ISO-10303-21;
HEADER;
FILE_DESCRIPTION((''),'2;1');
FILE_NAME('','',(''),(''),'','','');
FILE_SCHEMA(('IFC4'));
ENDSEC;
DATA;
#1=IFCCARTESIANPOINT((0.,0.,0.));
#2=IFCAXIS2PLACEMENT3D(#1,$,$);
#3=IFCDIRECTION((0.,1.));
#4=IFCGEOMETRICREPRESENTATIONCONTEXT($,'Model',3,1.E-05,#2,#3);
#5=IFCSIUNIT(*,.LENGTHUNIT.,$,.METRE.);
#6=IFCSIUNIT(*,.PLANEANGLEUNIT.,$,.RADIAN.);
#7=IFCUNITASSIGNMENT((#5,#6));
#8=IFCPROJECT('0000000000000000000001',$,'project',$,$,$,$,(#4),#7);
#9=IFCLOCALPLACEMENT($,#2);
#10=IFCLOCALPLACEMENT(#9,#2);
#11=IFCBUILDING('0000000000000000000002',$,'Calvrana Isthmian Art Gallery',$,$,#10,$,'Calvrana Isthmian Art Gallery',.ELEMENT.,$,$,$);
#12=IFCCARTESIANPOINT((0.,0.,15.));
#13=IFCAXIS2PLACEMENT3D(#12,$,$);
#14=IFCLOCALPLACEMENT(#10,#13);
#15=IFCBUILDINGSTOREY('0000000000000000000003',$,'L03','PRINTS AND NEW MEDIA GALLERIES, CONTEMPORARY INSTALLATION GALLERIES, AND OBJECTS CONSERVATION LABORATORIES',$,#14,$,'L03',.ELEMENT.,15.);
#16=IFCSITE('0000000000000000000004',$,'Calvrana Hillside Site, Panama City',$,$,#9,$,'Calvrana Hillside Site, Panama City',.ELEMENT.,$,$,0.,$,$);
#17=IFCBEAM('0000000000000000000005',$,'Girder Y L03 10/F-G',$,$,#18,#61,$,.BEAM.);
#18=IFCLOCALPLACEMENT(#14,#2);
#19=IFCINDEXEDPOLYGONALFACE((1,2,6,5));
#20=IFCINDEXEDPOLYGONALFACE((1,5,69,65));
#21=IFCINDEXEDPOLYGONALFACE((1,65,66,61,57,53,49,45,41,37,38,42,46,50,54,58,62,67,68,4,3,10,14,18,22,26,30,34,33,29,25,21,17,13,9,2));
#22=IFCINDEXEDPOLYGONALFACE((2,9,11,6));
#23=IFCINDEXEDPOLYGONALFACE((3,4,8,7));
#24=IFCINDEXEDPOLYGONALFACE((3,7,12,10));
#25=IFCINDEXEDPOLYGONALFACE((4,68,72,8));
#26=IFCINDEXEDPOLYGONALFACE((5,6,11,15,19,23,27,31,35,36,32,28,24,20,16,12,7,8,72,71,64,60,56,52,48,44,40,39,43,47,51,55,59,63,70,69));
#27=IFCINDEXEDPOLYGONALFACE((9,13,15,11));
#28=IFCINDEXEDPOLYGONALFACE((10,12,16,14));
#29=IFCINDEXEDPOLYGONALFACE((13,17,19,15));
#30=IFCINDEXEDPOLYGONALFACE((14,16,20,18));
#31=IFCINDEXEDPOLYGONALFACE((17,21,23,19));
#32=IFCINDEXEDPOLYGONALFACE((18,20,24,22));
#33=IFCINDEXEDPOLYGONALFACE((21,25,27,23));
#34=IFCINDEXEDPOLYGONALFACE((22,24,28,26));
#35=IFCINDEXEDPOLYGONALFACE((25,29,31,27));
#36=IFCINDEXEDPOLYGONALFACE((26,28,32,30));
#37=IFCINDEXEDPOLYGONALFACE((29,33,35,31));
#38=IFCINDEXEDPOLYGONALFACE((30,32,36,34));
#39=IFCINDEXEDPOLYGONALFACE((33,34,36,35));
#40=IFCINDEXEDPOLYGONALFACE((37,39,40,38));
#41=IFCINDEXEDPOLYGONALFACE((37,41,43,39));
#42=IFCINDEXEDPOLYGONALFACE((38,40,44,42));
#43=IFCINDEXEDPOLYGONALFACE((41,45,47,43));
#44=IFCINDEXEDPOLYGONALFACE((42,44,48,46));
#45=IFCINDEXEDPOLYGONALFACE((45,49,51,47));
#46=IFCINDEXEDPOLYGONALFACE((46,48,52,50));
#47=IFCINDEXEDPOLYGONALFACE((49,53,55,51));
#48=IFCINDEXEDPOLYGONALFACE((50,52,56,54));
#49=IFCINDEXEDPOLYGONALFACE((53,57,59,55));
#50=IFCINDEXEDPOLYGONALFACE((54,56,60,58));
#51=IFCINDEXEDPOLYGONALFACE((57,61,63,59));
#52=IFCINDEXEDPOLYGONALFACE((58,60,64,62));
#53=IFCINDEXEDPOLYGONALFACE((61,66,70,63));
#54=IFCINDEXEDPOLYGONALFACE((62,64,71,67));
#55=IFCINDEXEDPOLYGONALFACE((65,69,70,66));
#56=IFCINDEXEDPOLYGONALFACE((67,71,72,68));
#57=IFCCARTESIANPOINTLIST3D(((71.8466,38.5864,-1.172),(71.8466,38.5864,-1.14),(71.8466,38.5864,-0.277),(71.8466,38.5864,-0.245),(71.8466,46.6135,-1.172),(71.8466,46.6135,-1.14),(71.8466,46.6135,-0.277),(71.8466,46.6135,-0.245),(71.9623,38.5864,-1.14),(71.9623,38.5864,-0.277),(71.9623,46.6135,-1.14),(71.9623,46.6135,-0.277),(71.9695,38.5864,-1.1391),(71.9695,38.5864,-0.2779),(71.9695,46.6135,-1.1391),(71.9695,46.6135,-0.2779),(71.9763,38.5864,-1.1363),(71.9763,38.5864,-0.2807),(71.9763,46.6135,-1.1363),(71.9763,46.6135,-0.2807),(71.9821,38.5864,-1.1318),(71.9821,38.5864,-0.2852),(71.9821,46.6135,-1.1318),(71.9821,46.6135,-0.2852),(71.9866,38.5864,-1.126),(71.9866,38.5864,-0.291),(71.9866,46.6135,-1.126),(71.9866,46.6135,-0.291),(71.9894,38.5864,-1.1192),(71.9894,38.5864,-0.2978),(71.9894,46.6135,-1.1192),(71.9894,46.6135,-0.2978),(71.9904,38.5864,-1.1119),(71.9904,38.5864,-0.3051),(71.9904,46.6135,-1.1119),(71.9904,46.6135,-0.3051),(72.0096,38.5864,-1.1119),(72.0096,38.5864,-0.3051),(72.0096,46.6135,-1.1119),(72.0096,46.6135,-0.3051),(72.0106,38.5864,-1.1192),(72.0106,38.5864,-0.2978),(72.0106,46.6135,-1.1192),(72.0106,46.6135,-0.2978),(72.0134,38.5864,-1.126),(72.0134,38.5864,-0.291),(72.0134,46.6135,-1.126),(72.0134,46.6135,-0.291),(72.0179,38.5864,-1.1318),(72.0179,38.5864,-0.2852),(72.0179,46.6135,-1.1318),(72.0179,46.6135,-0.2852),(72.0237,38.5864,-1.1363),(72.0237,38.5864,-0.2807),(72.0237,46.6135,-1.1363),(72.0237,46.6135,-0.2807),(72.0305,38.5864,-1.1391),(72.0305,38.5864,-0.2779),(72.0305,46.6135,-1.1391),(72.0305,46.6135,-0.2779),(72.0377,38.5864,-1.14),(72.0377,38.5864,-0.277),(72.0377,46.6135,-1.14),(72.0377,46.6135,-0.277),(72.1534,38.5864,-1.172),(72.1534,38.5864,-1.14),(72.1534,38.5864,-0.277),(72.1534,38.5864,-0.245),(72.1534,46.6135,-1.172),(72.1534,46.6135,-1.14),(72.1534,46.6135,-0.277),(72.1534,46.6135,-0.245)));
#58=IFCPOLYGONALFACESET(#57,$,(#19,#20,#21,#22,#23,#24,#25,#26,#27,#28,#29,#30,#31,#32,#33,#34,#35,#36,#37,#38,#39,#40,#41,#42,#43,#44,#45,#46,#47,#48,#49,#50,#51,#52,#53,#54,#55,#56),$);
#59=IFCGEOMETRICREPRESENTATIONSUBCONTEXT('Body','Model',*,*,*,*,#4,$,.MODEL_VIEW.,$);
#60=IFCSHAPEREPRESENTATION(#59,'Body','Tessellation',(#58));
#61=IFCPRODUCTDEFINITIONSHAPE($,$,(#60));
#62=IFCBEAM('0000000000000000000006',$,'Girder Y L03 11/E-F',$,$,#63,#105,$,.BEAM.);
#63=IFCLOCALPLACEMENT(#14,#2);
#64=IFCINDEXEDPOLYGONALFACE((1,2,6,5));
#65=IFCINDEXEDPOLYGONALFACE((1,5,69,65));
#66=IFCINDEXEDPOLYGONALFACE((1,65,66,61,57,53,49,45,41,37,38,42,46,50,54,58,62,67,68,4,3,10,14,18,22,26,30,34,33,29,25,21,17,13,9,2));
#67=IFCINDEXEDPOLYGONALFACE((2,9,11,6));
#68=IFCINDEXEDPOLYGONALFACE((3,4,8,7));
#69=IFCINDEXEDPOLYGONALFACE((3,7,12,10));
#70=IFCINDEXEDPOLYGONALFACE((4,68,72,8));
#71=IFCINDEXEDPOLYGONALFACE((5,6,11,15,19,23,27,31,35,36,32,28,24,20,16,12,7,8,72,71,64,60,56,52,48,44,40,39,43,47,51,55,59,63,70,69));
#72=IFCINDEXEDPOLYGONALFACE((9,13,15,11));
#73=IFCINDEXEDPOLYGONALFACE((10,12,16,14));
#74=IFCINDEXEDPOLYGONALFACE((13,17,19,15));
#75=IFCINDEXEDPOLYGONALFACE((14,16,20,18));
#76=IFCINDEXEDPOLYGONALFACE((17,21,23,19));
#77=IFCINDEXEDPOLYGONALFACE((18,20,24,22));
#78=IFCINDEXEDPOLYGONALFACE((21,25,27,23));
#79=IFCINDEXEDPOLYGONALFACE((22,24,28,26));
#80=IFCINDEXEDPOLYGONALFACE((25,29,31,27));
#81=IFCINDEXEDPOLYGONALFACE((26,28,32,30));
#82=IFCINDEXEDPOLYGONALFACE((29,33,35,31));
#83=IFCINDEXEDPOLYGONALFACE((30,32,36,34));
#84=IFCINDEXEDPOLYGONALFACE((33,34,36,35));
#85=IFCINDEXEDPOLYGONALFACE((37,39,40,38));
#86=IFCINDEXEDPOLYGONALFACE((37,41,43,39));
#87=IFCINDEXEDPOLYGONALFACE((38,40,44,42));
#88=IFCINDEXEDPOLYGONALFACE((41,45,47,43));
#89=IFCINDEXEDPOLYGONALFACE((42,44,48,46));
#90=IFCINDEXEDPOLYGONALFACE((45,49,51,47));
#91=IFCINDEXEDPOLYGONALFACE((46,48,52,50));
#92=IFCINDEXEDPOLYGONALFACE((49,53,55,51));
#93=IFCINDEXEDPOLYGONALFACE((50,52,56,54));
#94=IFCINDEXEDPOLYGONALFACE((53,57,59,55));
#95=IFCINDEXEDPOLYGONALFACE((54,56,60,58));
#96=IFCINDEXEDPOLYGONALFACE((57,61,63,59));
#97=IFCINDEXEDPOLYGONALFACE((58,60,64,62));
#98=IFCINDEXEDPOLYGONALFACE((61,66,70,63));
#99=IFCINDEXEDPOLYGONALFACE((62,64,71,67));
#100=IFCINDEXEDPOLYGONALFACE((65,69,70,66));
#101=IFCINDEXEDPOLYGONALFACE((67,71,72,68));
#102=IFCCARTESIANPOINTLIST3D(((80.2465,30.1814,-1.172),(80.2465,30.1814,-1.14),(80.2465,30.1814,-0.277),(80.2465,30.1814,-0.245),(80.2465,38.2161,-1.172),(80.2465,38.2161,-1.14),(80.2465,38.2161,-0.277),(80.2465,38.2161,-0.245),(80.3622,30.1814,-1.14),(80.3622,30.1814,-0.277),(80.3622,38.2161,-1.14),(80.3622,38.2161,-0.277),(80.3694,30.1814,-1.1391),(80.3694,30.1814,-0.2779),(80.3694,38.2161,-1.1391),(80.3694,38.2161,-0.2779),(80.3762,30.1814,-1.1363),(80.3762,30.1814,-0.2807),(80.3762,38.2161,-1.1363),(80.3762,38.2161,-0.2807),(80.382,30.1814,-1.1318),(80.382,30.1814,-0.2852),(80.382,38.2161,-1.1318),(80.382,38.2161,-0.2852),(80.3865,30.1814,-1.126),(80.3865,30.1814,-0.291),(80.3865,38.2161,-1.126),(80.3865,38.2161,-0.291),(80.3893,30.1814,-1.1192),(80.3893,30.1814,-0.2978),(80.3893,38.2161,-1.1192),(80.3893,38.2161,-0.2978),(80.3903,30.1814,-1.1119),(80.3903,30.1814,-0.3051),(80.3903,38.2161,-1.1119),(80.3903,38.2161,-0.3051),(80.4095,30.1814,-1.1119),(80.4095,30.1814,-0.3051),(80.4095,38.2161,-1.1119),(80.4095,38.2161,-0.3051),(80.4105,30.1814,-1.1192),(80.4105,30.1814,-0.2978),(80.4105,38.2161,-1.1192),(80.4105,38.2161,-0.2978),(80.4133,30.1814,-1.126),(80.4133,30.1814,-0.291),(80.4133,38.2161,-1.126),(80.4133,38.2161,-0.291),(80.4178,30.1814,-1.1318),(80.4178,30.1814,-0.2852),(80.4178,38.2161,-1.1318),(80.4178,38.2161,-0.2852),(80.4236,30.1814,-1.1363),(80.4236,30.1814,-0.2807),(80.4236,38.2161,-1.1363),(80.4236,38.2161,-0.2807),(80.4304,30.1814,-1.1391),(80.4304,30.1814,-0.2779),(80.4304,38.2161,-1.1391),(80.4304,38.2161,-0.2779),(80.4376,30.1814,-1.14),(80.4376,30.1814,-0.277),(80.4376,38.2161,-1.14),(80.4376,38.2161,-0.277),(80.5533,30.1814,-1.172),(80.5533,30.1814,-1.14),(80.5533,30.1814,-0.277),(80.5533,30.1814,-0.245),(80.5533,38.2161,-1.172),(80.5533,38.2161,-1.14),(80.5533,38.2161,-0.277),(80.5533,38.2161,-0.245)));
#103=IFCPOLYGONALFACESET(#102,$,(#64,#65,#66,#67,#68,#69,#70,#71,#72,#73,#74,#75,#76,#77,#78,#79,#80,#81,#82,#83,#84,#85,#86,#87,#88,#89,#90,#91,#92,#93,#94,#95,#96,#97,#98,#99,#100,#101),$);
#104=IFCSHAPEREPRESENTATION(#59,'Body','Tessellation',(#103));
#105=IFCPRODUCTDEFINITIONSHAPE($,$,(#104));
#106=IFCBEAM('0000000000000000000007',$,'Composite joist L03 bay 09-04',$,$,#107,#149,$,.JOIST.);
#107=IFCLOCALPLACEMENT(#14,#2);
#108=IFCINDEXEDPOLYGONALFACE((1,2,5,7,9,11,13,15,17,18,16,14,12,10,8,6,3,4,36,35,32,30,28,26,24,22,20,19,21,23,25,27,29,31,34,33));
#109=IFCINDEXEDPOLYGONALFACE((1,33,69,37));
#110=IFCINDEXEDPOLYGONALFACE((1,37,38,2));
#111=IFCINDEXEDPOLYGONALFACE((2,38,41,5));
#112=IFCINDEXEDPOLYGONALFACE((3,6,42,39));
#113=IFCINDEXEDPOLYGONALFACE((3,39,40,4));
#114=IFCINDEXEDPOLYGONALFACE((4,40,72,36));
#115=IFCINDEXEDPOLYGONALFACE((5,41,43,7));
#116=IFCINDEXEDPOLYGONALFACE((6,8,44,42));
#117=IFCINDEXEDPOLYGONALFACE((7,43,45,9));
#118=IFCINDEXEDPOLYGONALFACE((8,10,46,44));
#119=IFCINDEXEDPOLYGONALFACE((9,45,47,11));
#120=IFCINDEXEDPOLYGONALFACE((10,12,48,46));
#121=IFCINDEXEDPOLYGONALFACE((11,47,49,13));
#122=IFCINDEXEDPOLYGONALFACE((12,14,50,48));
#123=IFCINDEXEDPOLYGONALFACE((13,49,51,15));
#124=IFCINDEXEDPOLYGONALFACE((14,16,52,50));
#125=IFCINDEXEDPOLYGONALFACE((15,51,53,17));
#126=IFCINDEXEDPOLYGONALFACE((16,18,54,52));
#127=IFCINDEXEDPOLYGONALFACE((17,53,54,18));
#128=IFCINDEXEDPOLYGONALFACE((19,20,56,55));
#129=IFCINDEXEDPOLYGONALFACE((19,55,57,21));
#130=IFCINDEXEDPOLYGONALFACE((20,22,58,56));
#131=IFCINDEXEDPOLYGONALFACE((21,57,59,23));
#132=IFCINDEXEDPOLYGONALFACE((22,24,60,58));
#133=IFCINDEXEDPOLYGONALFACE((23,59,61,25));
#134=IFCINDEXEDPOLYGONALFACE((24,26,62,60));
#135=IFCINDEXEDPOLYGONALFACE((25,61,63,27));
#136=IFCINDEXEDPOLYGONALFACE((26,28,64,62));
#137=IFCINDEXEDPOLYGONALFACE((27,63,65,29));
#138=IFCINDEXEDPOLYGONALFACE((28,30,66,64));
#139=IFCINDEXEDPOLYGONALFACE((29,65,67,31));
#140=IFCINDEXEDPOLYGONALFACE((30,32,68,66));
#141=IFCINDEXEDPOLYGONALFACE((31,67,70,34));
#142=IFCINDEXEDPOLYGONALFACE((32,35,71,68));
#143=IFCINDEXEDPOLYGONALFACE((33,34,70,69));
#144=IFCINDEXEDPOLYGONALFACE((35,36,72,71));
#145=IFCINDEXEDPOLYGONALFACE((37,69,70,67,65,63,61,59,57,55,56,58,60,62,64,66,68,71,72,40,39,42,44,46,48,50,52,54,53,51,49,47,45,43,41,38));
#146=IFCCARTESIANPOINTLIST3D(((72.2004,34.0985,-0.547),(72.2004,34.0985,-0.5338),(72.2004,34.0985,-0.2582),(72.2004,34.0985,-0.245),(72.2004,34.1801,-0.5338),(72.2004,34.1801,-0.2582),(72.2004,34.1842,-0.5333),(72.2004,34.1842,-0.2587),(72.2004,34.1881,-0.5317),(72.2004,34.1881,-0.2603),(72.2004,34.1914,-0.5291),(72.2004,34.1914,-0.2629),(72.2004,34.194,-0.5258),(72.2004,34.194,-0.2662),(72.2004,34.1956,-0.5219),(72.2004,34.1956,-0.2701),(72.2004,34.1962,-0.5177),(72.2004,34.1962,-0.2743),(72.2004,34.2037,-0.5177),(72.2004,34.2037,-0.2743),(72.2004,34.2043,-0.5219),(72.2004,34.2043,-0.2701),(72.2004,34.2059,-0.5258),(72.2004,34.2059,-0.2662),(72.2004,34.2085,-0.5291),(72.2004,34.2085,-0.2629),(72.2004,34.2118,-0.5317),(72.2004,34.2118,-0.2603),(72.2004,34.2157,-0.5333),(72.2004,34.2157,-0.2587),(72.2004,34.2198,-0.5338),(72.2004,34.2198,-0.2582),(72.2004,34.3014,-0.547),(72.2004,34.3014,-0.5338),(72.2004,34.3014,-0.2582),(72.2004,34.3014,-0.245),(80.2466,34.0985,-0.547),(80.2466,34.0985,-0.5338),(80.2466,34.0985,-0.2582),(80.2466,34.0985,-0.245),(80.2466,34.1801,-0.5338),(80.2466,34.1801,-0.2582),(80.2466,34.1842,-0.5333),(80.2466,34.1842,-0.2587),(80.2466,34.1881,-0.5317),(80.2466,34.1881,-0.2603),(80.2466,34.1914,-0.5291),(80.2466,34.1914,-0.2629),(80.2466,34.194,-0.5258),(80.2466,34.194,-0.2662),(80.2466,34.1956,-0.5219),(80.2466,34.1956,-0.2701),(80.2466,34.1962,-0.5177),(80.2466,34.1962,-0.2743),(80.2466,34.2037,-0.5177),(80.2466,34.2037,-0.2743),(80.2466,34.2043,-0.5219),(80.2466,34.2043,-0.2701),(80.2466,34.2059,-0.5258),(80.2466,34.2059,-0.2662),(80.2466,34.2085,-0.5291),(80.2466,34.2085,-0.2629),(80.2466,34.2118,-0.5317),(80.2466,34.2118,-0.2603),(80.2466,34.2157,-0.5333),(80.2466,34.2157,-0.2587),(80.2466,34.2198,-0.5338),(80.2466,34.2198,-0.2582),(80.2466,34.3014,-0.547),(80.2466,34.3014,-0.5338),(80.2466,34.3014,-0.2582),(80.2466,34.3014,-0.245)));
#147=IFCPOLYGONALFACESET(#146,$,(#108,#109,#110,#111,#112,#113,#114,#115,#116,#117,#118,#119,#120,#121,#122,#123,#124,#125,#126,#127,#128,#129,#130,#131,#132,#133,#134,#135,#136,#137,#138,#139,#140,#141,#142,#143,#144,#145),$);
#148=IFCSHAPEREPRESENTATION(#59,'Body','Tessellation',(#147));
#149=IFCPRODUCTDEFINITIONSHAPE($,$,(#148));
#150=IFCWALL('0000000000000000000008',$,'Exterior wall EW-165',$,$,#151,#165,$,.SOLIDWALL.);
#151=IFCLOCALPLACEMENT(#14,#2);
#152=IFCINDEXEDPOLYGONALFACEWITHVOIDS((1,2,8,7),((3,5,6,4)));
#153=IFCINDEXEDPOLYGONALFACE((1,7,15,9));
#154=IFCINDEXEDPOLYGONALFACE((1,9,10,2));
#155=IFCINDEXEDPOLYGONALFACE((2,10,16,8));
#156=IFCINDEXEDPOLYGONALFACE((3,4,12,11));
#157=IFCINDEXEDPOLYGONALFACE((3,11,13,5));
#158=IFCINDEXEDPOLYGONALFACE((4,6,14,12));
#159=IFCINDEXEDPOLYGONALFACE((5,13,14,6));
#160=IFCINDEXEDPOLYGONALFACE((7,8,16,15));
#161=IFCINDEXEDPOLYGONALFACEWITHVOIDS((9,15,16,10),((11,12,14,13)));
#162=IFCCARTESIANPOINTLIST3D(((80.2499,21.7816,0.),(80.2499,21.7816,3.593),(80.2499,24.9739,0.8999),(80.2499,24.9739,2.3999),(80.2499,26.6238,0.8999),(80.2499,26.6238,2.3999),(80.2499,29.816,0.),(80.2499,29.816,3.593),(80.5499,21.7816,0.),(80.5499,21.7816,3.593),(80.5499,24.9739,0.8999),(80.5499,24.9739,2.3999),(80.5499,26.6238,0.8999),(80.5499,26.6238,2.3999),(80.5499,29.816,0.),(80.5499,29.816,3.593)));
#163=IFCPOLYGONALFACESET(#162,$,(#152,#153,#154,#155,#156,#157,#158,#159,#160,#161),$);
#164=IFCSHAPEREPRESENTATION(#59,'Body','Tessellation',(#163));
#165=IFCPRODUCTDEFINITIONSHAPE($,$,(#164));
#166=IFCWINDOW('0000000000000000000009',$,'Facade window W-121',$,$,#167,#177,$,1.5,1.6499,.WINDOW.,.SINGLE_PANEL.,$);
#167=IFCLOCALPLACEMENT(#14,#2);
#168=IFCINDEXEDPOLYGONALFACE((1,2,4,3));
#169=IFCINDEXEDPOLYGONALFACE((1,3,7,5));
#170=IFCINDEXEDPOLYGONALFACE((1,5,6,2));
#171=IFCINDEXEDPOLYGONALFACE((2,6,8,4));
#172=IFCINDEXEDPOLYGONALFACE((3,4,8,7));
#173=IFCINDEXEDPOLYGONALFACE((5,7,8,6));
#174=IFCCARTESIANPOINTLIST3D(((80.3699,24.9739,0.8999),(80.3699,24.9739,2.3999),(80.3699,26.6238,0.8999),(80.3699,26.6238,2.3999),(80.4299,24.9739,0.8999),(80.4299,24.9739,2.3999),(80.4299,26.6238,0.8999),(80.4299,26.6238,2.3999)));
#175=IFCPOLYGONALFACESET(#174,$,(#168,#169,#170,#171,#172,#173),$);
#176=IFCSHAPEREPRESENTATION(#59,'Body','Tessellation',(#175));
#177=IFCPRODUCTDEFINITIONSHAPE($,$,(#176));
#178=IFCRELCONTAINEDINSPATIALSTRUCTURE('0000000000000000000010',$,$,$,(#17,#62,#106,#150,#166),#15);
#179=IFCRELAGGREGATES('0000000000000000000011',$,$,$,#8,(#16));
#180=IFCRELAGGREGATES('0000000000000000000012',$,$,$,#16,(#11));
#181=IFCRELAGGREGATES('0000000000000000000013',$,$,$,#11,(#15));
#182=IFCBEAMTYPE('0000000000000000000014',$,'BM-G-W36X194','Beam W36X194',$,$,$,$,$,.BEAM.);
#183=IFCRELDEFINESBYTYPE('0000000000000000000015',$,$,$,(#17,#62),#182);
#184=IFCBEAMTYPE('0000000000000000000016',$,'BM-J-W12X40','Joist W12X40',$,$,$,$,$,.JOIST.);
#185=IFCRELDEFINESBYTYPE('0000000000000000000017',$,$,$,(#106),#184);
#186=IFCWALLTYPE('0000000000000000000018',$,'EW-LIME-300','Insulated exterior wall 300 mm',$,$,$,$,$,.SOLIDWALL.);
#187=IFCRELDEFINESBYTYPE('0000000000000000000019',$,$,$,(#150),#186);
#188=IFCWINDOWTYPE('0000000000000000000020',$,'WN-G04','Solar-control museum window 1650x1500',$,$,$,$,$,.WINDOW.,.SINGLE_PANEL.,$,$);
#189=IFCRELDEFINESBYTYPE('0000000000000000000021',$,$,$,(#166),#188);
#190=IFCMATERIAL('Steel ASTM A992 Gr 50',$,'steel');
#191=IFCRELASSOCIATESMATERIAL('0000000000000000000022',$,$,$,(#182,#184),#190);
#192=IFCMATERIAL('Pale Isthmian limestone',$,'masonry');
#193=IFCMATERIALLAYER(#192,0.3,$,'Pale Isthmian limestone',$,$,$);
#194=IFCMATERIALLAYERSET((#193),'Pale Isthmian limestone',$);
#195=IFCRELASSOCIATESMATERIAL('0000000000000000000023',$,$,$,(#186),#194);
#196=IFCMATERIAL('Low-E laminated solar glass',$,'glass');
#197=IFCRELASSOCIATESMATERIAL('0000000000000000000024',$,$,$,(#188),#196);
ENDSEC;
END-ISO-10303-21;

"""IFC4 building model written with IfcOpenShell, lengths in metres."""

from ifc_helpers import new_model, si_unit, direction, frame, frame_2d, origin, origin_2d, place, context, subcontext, project, spatial, rectangle, i_section, extrude, material, layer, layer_set, material_profile, profile_set, type_object, element, fill, save


model = new_model("IFC4")

# Units and contexts
model_context = context("Model", 3, precision=1e-05, world=origin(), true_north=direction((0.0, 1.0)))
body_context = subcontext(model_context, "Body", "Model", "MODEL_VIEW")
ifc_project = project(units=[si_unit("LENGTHUNIT", "METRE"), si_unit("PLANEANGLEUNIT", "RADIAN")], contexts=[model_context])

# Site, building, storey
site_placement = place(None, origin())
site = spatial("IfcSite", under=ifc_project, at=site_placement, Name="Calvrana Hillside Site, Panama City", LongName="Calvrana Hillside Site, Panama City", CompositionType="ELEMENT", RefElevation=0.0)
building_placement = place(site_placement, origin())
building = spatial("IfcBuilding", under=site, at=building_placement, Name="Calvrana Isthmian Art Gallery", LongName="Calvrana Isthmian Art Gallery", CompositionType="ELEMENT")
storey_placement = place(building_placement, frame((0.0, 0.0, 15.0)))
storey = spatial("IfcBuildingStorey", under=building, at=storey_placement, Name="L03", Description="PRINTS AND NEW MEDIA GALLERIES, CONTEMPORARY INSTALLATION GALLERIES, AND OBJECTS CONSERVATION LABORATORIES", LongName="L03", CompositionType="ELEMENT", Elevation=15.0)

# Shared definitions
ifc_material_1 = material(Name="Steel ASTM A992 Gr 50", Category="steel")

# Beams
ifc_material_profile_1 = material_profile(ifc_material_1, i_section(OverallWidth=0.3069, OverallDepth=0.927, WebThickness=0.0193, FlangeThickness=0.032, FilletRadius=0.0281, at=origin_2d()), Name="W36X194")
ifc_profile_set_1 = profile_set([ifc_material_profile_1], Name="Steel ASTM A992 Gr 50")
beam_type_1 = type_object("IfcBeamType", Name="BM-G-W36X194", Description="Beam W36X194", PredefinedType="BEAM", material=ifc_profile_set_1)
beam_1_placement = place(storey_placement, frame((72.0, 38.5864, -0.7085), z_axis=(0.0, 1.0, 0.0), x_axis=(-1.0, 0.0, 0.0)))
element("IfcBeam", 1, at=beam_1_placement, inside=storey, type_object=beam_type_1, Name="Girder Y L03 10/F-G", PredefinedType="BEAM", context=body_context, shape_type="SweptSolid", body=[
    extrude(i_section(OverallWidth=0.3069, OverallDepth=0.927, WebThickness=0.0193, FlangeThickness=0.032, FilletRadius=0.0281, at=origin_2d()), origin(), (0.0, 0.0, 1.0), 8.0271),
])
beam_2_placement = place(storey_placement, frame((80.3999, 30.1814, -0.7085), z_axis=(0.0, 1.0, 0.0), x_axis=(-1.0, 0.0, 0.0)))
element("IfcBeam", 2, at=beam_2_placement, inside=storey, type_object=beam_type_1, Name="Girder Y L03 11/E-F", PredefinedType="BEAM", context=body_context, shape_type="SweptSolid", body=[
    extrude(i_section(OverallWidth=0.3069, OverallDepth=0.927, WebThickness=0.0193, FlangeThickness=0.032, FilletRadius=0.0281, at=origin_2d()), origin(), (0.0, 0.0, 1.0), 8.0347),
])
ifc_material_profile_2 = material_profile(ifc_material_1, i_section(OverallWidth=0.2029, OverallDepth=0.302, WebThickness=0.0076, FlangeThickness=0.0132, FilletRadius=0.0161, at=origin_2d()), Name="W12X40")
ifc_profile_set_2 = profile_set([ifc_material_profile_2], Name="Steel ASTM A992 Gr 50")
beam_type_2 = type_object("IfcBeamType", Name="BM-J-W12X40", Description="Joist W12X40", PredefinedType="JOIST", material=ifc_profile_set_2)
beam_3_placement = place(storey_placement, frame((72.2004, 34.2, -0.396), z_axis=(1.0, 0.0, 0.0), x_axis=(0.0, 1.0, 0.0)))
element("IfcBeam", 3, at=beam_3_placement, inside=storey, type_object=beam_type_2, Name="Composite joist L03 bay 09-04", PredefinedType="JOIST", context=body_context, shape_type="SweptSolid", body=[
    extrude(i_section(OverallWidth=0.2029, OverallDepth=0.302, WebThickness=0.0076, FlangeThickness=0.0132, FilletRadius=0.0161, at=origin_2d()), origin(), (0.0, 0.0, 1.0), 8.0461),
])

# Wall, opening, window
ifc_material_2 = material(Name="Pale Isthmian limestone", Category="masonry")
ifc_layer_1 = layer(ifc_material_2, 0.3, Name="Pale Isthmian limestone")
ifc_layer_set_1 = layer_set([ifc_layer_1], Name="Pale Isthmian limestone")
wall_type_1 = type_object("IfcWallType", Name="EW-LIME-300", Description="Insulated exterior wall 300 mm", PredefinedType="SOLIDWALL", material=ifc_layer_set_1)
wall_1_placement = place(storey_placement, frame((80.3999, 29.8159, 0.0), z_axis=(0.0, 0.0, 1.0), x_axis=(0.0, -1.0, 0.0)))
wall_1 = element("IfcWall", 4, at=wall_1_placement, inside=storey, type_object=wall_type_1, Name="Exterior wall EW-165", PredefinedType="SOLIDWALL", context=body_context, shape_type="SweptSolid", body=[
    extrude(rectangle(XDim=8.0344, YDim=0.3, at=frame_2d((4.0171, 0.0))), origin(), (0.0, 0.0, 1.0), 3.593),
])
opening_1_placement = place(wall_1_placement, frame((3.1921, 0.0, 0.8999)))
opening_1 = element("IfcOpeningElement", 5, at=opening_1_placement, cuts=wall_1, PredefinedType="OPENING", context=body_context, shape_type="SweptSolid", body=[
    extrude(rectangle(XDim=1.6499, YDim=1.5, at=frame_2d((0.825, 0.75))), frame((0.0, 0.1602, 0.0), z_axis=(0.0, -1.0, 0.0), x_axis=(1.0, 0.0, 0.0)), (0.0, 0.0, 1.0), 0.3206),
])
ifc_material_3 = material(Name="Low-E laminated solar glass", Category="glass")
window_type = type_object("IfcWindowType", Name="WN-G04", Description="Solar-control museum window 1650x1500", PartitioningType="SINGLE_PANEL", PredefinedType="WINDOW", material=ifc_material_3)
window_placement = place(opening_1_placement, origin())
window = element("IfcWindow", 6, at=window_placement, inside=storey, type_object=window_type, Name="Facade window W-121", OverallHeight=1.5, OverallWidth=1.6499, PartitioningType="SINGLE_PANEL", PredefinedType="WINDOW", context=body_context, shape_type="SweptSolid", body=[
    extrude(rectangle(XDim=1.6499, YDim=1.5, at=frame_2d((0.825, 0.75))), frame((0.0, 0.03, 0.0), z_axis=(0.0, -1.0, 0.0), x_axis=(1.0, 0.0, 0.0)), (0.0, 0.0, 1.0), 0.0601),
])
fill(opening_1, window)

save(model, "model.ifc")
